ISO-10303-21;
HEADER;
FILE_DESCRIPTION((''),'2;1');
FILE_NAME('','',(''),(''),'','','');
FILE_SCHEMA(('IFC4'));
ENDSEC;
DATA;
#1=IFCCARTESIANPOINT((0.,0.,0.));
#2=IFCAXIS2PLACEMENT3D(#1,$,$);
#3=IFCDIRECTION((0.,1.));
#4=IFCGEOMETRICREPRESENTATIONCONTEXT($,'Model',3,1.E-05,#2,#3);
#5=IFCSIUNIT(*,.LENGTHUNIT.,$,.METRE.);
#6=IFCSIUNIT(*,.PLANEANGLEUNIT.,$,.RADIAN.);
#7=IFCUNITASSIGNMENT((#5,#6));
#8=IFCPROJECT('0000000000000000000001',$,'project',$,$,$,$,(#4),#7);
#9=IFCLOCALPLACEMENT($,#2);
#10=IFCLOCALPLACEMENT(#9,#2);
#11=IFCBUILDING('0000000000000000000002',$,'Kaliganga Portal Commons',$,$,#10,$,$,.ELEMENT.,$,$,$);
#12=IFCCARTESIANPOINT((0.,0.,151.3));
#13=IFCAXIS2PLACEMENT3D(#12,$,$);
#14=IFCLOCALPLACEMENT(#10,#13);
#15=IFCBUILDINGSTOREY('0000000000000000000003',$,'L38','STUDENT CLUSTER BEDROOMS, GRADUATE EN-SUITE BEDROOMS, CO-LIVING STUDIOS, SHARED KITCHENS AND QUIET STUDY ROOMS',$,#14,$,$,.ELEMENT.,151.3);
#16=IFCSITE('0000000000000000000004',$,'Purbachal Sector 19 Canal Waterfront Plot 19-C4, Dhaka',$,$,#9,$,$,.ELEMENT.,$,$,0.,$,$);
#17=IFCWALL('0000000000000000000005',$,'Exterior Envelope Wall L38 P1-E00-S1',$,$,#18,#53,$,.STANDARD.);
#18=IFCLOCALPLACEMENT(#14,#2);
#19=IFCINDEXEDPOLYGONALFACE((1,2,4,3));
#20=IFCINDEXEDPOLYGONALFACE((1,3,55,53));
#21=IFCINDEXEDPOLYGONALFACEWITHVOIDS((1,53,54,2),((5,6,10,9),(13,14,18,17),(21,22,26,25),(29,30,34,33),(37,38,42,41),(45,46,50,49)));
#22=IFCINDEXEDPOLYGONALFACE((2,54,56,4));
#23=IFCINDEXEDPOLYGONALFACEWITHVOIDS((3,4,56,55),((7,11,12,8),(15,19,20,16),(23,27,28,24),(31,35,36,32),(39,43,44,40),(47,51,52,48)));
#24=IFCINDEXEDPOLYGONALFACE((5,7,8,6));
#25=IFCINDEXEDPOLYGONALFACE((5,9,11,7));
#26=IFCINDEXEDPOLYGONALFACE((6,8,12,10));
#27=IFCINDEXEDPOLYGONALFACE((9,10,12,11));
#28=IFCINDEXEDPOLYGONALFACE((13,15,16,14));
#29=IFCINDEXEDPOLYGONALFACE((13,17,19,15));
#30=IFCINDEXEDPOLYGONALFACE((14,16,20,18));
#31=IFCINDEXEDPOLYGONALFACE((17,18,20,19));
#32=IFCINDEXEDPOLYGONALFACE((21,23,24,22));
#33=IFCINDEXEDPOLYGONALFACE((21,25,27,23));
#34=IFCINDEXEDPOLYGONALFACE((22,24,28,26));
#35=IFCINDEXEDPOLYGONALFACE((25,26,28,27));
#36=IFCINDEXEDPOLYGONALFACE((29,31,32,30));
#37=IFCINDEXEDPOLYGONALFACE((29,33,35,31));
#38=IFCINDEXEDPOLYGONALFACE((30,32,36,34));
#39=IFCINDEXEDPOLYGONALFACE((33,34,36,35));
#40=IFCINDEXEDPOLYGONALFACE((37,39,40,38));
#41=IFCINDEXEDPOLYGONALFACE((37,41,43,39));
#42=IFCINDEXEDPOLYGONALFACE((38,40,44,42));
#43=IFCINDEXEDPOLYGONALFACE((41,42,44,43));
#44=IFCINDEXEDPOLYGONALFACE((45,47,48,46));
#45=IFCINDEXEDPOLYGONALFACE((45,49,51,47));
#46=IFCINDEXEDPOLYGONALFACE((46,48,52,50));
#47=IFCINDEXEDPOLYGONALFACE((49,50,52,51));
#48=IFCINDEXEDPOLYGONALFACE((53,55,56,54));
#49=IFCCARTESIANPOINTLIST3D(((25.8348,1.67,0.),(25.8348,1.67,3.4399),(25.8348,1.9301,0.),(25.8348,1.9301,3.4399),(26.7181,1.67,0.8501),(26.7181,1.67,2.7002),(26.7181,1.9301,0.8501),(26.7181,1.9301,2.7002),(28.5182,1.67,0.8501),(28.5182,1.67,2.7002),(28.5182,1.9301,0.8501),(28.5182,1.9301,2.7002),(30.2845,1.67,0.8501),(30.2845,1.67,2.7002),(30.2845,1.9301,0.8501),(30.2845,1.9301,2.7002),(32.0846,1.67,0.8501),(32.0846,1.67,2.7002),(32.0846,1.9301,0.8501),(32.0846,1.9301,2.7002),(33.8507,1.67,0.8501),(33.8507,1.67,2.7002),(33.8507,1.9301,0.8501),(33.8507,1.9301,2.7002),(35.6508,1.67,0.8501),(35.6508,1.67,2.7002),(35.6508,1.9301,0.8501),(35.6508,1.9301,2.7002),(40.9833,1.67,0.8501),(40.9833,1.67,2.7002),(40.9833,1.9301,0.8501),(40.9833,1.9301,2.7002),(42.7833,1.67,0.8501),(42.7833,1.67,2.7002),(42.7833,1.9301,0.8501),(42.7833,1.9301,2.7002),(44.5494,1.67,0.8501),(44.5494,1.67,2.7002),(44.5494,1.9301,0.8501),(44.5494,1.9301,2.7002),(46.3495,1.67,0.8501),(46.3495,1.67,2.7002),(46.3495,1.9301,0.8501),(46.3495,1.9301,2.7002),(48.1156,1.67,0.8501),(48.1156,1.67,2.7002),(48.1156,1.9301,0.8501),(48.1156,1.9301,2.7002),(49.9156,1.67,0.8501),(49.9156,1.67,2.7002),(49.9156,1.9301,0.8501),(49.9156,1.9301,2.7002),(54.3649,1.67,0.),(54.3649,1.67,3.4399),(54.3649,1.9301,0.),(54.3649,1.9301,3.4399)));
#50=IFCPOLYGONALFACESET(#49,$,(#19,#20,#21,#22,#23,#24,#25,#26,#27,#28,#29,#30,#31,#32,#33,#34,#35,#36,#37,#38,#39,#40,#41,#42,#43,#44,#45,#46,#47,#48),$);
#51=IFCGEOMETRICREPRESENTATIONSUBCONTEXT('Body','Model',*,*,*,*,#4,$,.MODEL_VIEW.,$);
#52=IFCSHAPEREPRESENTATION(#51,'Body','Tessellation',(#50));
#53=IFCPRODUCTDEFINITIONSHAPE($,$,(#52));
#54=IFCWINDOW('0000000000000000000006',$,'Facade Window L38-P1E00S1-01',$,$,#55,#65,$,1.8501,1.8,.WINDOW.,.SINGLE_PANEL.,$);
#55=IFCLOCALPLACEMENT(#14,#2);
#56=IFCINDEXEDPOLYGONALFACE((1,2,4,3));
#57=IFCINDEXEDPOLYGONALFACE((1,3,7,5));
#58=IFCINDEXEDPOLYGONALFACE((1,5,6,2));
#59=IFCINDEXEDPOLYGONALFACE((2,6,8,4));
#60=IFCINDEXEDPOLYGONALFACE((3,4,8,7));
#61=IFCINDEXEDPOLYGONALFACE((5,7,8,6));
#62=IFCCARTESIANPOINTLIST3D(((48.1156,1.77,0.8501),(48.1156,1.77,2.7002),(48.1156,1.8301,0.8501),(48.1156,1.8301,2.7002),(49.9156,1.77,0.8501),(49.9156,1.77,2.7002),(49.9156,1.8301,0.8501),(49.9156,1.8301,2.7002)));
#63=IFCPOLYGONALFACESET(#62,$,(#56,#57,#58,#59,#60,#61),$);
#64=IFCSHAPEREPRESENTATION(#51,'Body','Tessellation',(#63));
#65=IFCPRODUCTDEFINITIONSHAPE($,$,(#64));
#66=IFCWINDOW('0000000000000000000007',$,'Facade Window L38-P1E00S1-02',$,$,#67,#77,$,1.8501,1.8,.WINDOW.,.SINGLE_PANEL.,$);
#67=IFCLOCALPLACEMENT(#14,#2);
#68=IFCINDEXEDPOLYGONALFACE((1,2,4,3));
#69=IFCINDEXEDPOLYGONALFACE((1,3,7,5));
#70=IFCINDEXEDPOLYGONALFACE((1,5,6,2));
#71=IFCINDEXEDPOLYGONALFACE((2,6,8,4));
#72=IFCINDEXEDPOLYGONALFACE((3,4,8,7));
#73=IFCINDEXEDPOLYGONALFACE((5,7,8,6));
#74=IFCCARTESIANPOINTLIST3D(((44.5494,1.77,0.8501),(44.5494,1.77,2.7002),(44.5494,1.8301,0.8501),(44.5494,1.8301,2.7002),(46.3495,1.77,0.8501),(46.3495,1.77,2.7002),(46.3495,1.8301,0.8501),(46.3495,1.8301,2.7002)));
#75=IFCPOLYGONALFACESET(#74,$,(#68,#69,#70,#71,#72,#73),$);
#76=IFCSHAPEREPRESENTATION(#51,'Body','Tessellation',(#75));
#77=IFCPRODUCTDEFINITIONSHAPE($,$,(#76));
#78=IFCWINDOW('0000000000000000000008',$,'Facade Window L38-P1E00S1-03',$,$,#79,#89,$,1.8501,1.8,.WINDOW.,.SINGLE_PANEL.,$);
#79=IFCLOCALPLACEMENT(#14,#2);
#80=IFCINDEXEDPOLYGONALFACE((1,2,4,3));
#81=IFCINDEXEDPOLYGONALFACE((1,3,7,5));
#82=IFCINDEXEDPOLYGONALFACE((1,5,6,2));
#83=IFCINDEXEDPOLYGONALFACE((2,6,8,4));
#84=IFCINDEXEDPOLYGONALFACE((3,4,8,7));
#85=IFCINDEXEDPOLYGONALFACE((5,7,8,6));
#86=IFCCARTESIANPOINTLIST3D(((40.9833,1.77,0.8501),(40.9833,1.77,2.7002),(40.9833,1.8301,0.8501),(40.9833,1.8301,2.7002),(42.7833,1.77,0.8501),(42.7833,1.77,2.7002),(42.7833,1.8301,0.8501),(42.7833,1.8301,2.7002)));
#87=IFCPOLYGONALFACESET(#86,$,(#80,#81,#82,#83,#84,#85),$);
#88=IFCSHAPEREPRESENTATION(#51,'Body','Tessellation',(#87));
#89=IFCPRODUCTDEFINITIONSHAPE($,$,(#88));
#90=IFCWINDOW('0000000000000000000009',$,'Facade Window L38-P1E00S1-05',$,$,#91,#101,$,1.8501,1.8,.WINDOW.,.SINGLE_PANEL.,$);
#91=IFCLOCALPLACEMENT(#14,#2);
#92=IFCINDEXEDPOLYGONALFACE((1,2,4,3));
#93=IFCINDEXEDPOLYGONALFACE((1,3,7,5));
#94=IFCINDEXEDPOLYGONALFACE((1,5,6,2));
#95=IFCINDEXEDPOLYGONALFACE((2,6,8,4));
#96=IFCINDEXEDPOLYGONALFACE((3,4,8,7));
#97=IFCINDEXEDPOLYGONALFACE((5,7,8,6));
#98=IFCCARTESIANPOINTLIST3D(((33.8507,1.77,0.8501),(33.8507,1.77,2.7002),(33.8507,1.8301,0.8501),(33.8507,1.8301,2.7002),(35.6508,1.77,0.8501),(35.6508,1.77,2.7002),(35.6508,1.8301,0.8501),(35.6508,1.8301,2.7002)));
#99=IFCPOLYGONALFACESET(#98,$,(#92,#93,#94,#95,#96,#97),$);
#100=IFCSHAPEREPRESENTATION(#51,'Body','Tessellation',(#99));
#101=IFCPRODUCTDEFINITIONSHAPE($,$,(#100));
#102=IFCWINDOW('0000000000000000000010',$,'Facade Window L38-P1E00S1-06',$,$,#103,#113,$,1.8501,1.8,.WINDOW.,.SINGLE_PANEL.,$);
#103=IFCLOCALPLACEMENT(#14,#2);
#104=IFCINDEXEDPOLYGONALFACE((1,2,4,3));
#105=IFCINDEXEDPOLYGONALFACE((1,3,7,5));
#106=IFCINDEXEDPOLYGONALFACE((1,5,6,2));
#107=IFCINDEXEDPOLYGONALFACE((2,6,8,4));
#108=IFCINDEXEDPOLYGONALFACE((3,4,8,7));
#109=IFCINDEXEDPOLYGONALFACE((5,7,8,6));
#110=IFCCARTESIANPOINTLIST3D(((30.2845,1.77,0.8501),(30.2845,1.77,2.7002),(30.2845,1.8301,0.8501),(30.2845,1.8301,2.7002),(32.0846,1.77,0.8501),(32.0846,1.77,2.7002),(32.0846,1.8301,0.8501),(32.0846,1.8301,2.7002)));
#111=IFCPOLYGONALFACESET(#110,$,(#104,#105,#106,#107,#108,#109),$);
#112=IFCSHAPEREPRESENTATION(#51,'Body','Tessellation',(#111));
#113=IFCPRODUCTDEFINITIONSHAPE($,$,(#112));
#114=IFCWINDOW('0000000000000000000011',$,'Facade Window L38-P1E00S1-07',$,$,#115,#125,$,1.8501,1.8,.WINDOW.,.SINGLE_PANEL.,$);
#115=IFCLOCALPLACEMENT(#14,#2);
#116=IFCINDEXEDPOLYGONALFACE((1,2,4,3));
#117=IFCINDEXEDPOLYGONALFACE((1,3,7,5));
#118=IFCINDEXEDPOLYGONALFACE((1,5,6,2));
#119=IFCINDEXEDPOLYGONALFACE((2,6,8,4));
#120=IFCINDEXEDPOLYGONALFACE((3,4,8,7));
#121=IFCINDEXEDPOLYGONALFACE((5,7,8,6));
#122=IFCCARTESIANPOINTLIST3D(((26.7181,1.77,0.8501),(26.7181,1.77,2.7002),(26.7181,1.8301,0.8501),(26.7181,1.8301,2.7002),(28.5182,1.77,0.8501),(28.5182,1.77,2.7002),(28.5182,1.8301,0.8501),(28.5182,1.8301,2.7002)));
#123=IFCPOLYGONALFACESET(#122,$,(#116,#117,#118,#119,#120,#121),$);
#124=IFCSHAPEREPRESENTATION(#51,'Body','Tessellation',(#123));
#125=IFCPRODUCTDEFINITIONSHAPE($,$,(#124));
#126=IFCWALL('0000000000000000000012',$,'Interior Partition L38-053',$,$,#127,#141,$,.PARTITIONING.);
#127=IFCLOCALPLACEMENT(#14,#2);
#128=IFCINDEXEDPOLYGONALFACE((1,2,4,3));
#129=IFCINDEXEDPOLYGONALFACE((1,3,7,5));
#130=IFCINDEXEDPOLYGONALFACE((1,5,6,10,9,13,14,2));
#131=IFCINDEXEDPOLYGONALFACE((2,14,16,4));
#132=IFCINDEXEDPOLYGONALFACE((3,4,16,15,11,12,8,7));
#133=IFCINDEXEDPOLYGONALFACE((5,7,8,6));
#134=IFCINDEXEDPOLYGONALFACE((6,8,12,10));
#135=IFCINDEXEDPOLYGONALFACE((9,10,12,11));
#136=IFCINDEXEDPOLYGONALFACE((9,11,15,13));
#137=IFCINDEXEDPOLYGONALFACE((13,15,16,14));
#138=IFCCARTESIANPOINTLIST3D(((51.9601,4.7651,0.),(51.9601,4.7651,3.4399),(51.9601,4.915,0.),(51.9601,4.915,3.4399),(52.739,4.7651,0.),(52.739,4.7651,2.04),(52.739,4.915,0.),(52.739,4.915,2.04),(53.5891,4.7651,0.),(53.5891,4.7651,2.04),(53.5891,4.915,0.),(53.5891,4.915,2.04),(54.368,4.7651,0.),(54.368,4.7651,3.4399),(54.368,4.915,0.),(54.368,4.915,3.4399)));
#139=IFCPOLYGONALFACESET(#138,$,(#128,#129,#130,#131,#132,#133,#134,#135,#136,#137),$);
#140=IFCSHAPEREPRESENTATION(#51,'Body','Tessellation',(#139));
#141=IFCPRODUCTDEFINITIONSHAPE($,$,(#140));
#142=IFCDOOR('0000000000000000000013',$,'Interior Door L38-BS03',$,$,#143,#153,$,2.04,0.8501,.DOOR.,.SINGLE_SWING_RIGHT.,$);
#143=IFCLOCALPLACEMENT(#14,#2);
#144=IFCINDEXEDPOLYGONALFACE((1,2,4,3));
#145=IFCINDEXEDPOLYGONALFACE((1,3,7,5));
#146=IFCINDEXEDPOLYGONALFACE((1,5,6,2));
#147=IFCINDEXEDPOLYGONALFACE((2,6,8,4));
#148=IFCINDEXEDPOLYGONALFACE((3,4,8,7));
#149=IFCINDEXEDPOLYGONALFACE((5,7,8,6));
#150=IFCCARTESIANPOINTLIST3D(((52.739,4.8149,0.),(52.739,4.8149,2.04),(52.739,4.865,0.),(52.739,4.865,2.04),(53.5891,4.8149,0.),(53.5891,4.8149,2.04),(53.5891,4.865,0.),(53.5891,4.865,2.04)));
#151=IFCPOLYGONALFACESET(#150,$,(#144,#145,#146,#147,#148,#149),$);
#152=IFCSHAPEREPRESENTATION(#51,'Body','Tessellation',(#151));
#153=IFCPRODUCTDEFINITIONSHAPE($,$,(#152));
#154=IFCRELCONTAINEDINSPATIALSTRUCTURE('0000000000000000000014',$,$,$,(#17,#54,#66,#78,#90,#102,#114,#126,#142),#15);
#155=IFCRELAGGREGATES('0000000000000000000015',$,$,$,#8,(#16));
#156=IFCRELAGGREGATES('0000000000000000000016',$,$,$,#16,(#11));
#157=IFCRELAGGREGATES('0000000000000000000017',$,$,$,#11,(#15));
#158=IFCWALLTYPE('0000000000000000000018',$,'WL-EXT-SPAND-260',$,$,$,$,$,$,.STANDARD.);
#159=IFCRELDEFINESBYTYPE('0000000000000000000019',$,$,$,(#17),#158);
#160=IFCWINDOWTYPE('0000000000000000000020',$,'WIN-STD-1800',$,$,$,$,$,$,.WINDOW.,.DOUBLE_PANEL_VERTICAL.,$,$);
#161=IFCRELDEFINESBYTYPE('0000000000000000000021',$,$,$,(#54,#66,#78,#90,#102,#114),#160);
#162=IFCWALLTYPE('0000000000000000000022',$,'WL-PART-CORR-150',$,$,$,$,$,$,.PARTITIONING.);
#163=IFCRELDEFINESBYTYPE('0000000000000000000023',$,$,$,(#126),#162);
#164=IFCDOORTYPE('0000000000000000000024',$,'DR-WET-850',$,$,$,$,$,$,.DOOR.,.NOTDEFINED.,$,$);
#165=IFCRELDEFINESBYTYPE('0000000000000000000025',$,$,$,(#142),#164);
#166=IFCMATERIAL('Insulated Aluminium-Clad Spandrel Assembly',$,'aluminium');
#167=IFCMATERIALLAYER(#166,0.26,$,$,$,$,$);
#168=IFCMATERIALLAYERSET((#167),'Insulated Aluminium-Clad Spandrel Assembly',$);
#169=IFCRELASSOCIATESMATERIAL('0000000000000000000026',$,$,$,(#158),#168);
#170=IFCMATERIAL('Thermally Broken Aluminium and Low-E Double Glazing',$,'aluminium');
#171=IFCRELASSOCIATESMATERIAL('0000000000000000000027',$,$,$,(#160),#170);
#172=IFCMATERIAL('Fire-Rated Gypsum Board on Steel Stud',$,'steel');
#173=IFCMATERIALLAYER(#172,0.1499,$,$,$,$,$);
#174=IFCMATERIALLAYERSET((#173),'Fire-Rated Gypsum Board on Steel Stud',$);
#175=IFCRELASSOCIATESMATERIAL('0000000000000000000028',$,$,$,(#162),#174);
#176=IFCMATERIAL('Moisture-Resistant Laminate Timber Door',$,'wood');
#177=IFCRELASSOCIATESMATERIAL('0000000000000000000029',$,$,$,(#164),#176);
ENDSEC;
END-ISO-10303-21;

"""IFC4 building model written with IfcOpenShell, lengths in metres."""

from ifc_helpers import new_model, si_unit, direction, frame, frame_2d, origin, place, context, subcontext, project, spatial, rectangle, extrude, material, layer, layer_set, type_object, element, fill, save


model = new_model("IFC4")

# Units and contexts
model_context = context("Model", 3, precision=1e-05, world=origin(), true_north=direction((0.0, 1.0)))
body_context = subcontext(model_context, "Body", "Model", "MODEL_VIEW")
ifc_project = project(units=[si_unit("LENGTHUNIT", "METRE"), si_unit("PLANEANGLEUNIT", "RADIAN")], contexts=[model_context])

# Site, building, storey
site_placement = place(None, origin())
site = spatial("IfcSite", under=ifc_project, at=site_placement, Name="Purbachal Sector 19 Canal Waterfront Plot 19-C4, Dhaka", CompositionType="ELEMENT", RefElevation=0.0)
building_placement = place(site_placement, origin())
building = spatial("IfcBuilding", under=site, at=building_placement, Name="Kaliganga Portal Commons", CompositionType="ELEMENT")
storey_placement = place(building_placement, frame((0.0, 0.0, 151.3)))
storey = spatial("IfcBuildingStorey", under=building, at=storey_placement, Name="L38", Description="STUDENT CLUSTER BEDROOMS, GRADUATE EN-SUITE BEDROOMS, CO-LIVING STUDIOS, SHARED KITCHENS AND QUIET STUDY ROOMS", CompositionType="ELEMENT", Elevation=151.3)

# Wall, openings, windows
ifc_material_1 = material(Name="Insulated Aluminium-Clad Spandrel Assembly", Category="aluminium")
ifc_layer_1 = layer(ifc_material_1, 0.26)
ifc_layer_set_1 = layer_set([ifc_layer_1], Name="Insulated Aluminium-Clad Spandrel Assembly")
wall_type_1 = type_object("IfcWallType", Name="WL-EXT-SPAND-260", PredefinedType="STANDARD", material=ifc_layer_set_1)
wall_1_placement = place(storey_placement, frame((54.365, 1.8, 0.0), z_axis=(0.0, 0.0, 1.0), x_axis=(-1.0, 0.0, 0.0)))
wall_1 = element("IfcWall", 1, at=wall_1_placement, inside=storey, type_object=wall_type_1, Name="Exterior Envelope Wall L38 P1-E00-S1", PredefinedType="STANDARD", context=body_context, shape_type="SweptSolid", body=[
    extrude(rectangle(XDim=28.53, YDim=0.26, at=frame_2d((14.2651, 0.0))), origin(), (0.0, 0.0, 1.0), 3.4399),
])
opening_1_placement = place(wall_1_placement, frame((4.4495, 0.0, 0.8501)))
opening_1 = element("IfcOpeningElement", 2, at=opening_1_placement, cuts=wall_1, PredefinedType="OPENING", context=body_context, shape_type="SweptSolid", body=[
    extrude(rectangle(XDim=1.8, YDim=1.8501, at=frame_2d((0.8999, 0.925))), frame((0.0, 0.1401, 0.0), z_axis=(0.0, -1.0, 0.0), x_axis=(1.0, 0.0, 0.0)), (0.0, 0.0, 1.0), 0.28),
])
opening_2_placement = place(wall_1_placement, frame((8.0156, 0.0, 0.8501)))
opening_2 = element("IfcOpeningElement", 3, at=opening_2_placement, cuts=wall_1, PredefinedType="OPENING", context=body_context, shape_type="SweptSolid", body=[
    extrude(rectangle(XDim=1.8, YDim=1.8501, at=frame_2d((0.8999, 0.925))), frame((0.0, 0.1401, 0.0), z_axis=(0.0, -1.0, 0.0), x_axis=(1.0, 0.0, 0.0)), (0.0, 0.0, 1.0), 0.28),
])
opening_3_placement = place(wall_1_placement, frame((11.5818, 0.0, 0.8501)))
opening_3 = element("IfcOpeningElement", 4, at=opening_3_placement, cuts=wall_1, PredefinedType="OPENING", context=body_context, shape_type="SweptSolid", body=[
    extrude(rectangle(XDim=1.8, YDim=1.8501, at=frame_2d((0.8999, 0.925))), frame((0.0, 0.1401, 0.0), z_axis=(0.0, -1.0, 0.0), x_axis=(1.0, 0.0, 0.0)), (0.0, 0.0, 1.0), 0.28),
])
opening_4_placement = place(wall_1_placement, frame((18.7144, 0.0, 0.8501)))
opening_4 = element("IfcOpeningElement", 5, at=opening_4_placement, cuts=wall_1, PredefinedType="OPENING", context=body_context, shape_type="SweptSolid", body=[
    extrude(rectangle(XDim=1.8, YDim=1.8501, at=frame_2d((0.8999, 0.925))), frame((0.0, 0.1401, 0.0), z_axis=(0.0, -1.0, 0.0), x_axis=(1.0, 0.0, 0.0)), (0.0, 0.0, 1.0), 0.28),
])
opening_5_placement = place(wall_1_placement, frame((22.2805, 0.0, 0.8501)))
opening_5 = element("IfcOpeningElement", 6, at=opening_5_placement, cuts=wall_1, PredefinedType="OPENING", context=body_context, shape_type="SweptSolid", body=[
    extrude(rectangle(XDim=1.8, YDim=1.8501, at=frame_2d((0.8999, 0.925))), frame((0.0, 0.1401, 0.0), z_axis=(0.0, -1.0, 0.0), x_axis=(1.0, 0.0, 0.0)), (0.0, 0.0, 1.0), 0.28),
])
opening_6_placement = place(wall_1_placement, frame((25.8469, 0.0, 0.8501)))
opening_6 = element("IfcOpeningElement", 7, at=opening_6_placement, cuts=wall_1, PredefinedType="OPENING", context=body_context, shape_type="SweptSolid", body=[
    extrude(rectangle(XDim=1.8, YDim=1.8501, at=frame_2d((0.8999, 0.925))), frame((0.0, 0.1401, 0.0), z_axis=(0.0, -1.0, 0.0), x_axis=(1.0, 0.0, 0.0)), (0.0, 0.0, 1.0), 0.28),
])
ifc_material_2 = material(Name="Thermally Broken Aluminium and Low-E Double Glazing", Category="aluminium")
window_type = type_object("IfcWindowType", Name="WIN-STD-1800", PartitioningType="DOUBLE_PANEL_VERTICAL", PredefinedType="WINDOW", material=ifc_material_2)
window_1_placement = place(opening_1_placement, origin())
window_1 = element("IfcWindow", 8, at=window_1_placement, inside=storey, type_object=window_type, Name="Facade Window L38-P1E00S1-01", OverallHeight=1.8501, OverallWidth=1.8, PartitioningType="SINGLE_PANEL", PredefinedType="WINDOW", context=body_context, shape_type="SweptSolid", body=[
    extrude(rectangle(XDim=1.8, YDim=1.8501, at=frame_2d((0.8999, 0.925))), frame((0.0, 0.03, 0.0), z_axis=(0.0, -1.0, 0.0), x_axis=(1.0, 0.0, 0.0)), (0.0, 0.0, 1.0), 0.0601),
])
fill(opening_1, window_1)
window_2_placement = place(opening_2_placement, origin())
window_2 = element("IfcWindow", 9, at=window_2_placement, inside=storey, type_object=window_type, Name="Facade Window L38-P1E00S1-02", OverallHeight=1.8501, OverallWidth=1.8, PartitioningType="SINGLE_PANEL", PredefinedType="WINDOW", context=body_context, shape_type="SweptSolid", body=[
    extrude(rectangle(XDim=1.8, YDim=1.8501, at=frame_2d((0.8999, 0.925))), frame((0.0, 0.03, 0.0), z_axis=(0.0, -1.0, 0.0), x_axis=(1.0, 0.0, 0.0)), (0.0, 0.0, 1.0), 0.0601),
])
fill(opening_2, window_2)
window_3_placement = place(opening_3_placement, origin())
window_3 = element("IfcWindow", 10, at=window_3_placement, inside=storey, type_object=window_type, Name="Facade Window L38-P1E00S1-03", OverallHeight=1.8501, OverallWidth=1.8, PartitioningType="SINGLE_PANEL", PredefinedType="WINDOW", context=body_context, shape_type="SweptSolid", body=[
    extrude(rectangle(XDim=1.8, YDim=1.8501, at=frame_2d((0.8999, 0.925))), frame((0.0, 0.03, 0.0), z_axis=(0.0, -1.0, 0.0), x_axis=(1.0, 0.0, 0.0)), (0.0, 0.0, 1.0), 0.0601),
])
fill(opening_3, window_3)
window_4_placement = place(opening_4_placement, origin())
window_4 = element("IfcWindow", 11, at=window_4_placement, inside=storey, type_object=window_type, Name="Facade Window L38-P1E00S1-05", OverallHeight=1.8501, OverallWidth=1.8, PartitioningType="SINGLE_PANEL", PredefinedType="WINDOW", context=body_context, shape_type="SweptSolid", body=[
    extrude(rectangle(XDim=1.8, YDim=1.8501, at=frame_2d((0.8999, 0.925))), frame((0.0, 0.03, 0.0), z_axis=(0.0, -1.0, 0.0), x_axis=(1.0, 0.0, 0.0)), (0.0, 0.0, 1.0), 0.0601),
])
fill(opening_4, window_4)
window_5_placement = place(opening_5_placement, origin())
window_5 = element("IfcWindow", 12, at=window_5_placement, inside=storey, type_object=window_type, Name="Facade Window L38-P1E00S1-06", OverallHeight=1.8501, OverallWidth=1.8, PartitioningType="SINGLE_PANEL", PredefinedType="WINDOW", context=body_context, shape_type="SweptSolid", body=[
    extrude(rectangle(XDim=1.8, YDim=1.8501, at=frame_2d((0.8999, 0.925))), frame((0.0, 0.03, 0.0), z_axis=(0.0, -1.0, 0.0), x_axis=(1.0, 0.0, 0.0)), (0.0, 0.0, 1.0), 0.0601),
])
fill(opening_5, window_5)
window_6_placement = place(opening_6_placement, origin())
window_6 = element("IfcWindow", 13, at=window_6_placement, inside=storey, type_object=window_type, Name="Facade Window L38-P1E00S1-07", OverallHeight=1.8501, OverallWidth=1.8, PartitioningType="SINGLE_PANEL", PredefinedType="WINDOW", context=body_context, shape_type="SweptSolid", body=[
    extrude(rectangle(XDim=1.8, YDim=1.8501, at=frame_2d((0.8999, 0.925))), frame((0.0, 0.03, 0.0), z_axis=(0.0, -1.0, 0.0), x_axis=(1.0, 0.0, 0.0)), (0.0, 0.0, 1.0), 0.0601),
])
fill(opening_6, window_6)

# Wall, opening, door
ifc_material_3 = material(Name="Fire-Rated Gypsum Board on Steel Stud", Category="steel")
ifc_layer_2 = layer(ifc_material_3, 0.1499)
ifc_layer_set_2 = layer_set([ifc_layer_2], Name="Fire-Rated Gypsum Board on Steel Stud")
wall_type_2 = type_object("IfcWallType", Name="WL-PART-CORR-150", PredefinedType="PARTITIONING", material=ifc_layer_set_2)
wall_2_placement = place(storey_placement, frame((51.96, 4.8401, 0.0), z_axis=(0.0, 0.0, 1.0), x_axis=(1.0, 0.0, 0.0)))
wall_2 = element("IfcWall", 14, at=wall_2_placement, inside=storey, type_object=wall_type_2, Name="Interior Partition L38-053", PredefinedType="PARTITIONING", context=body_context, shape_type="SweptSolid", body=[
    extrude(rectangle(XDim=2.408, YDim=0.1499, at=frame_2d((1.2041, 0.0))), origin(), (0.0, 0.0, 1.0), 3.4399),
])
opening_7_placement = place(wall_2_placement, frame((0.7791, 0.0, 0.0)))
opening_7 = element("IfcOpeningElement", 15, at=opening_7_placement, cuts=wall_2, PredefinedType="OPENING", context=body_context, shape_type="SweptSolid", body=[
    extrude(rectangle(XDim=0.8501, YDim=2.04, at=frame_2d((0.425, 1.02))), frame((0.0, 0.085, 0.0), z_axis=(0.0, -1.0, 0.0), x_axis=(1.0, 0.0, 0.0)), (0.0, 0.0, 1.0), 0.1699),
])
ifc_material_4 = material(Name="Moisture-Resistant Laminate Timber Door", Category="wood")
door_type_1 = type_object("IfcDoorType", Name="DR-WET-850", OperationType="NOTDEFINED", PredefinedType="DOOR", material=ifc_material_4)
door_1_placement = place(opening_7_placement, origin())
door_1 = element("IfcDoor", 16, at=door_1_placement, inside=storey, type_object=door_type_1, Name="Interior Door L38-BS03", OperationType="SINGLE_SWING_RIGHT", OverallHeight=2.04, OverallWidth=0.8501, PredefinedType="DOOR", context=body_context, shape_type="SweptSolid", body=[
    extrude(rectangle(XDim=0.8501, YDim=2.04, at=frame_2d((0.425, 1.02))), frame((0.0, 0.0249, 0.0), z_axis=(0.0, -1.0, 0.0), x_axis=(1.0, 0.0, 0.0)), (0.0, 0.0, 1.0), 0.05),
])
fill(opening_7, door_1)

save(model, "model.ifc")
